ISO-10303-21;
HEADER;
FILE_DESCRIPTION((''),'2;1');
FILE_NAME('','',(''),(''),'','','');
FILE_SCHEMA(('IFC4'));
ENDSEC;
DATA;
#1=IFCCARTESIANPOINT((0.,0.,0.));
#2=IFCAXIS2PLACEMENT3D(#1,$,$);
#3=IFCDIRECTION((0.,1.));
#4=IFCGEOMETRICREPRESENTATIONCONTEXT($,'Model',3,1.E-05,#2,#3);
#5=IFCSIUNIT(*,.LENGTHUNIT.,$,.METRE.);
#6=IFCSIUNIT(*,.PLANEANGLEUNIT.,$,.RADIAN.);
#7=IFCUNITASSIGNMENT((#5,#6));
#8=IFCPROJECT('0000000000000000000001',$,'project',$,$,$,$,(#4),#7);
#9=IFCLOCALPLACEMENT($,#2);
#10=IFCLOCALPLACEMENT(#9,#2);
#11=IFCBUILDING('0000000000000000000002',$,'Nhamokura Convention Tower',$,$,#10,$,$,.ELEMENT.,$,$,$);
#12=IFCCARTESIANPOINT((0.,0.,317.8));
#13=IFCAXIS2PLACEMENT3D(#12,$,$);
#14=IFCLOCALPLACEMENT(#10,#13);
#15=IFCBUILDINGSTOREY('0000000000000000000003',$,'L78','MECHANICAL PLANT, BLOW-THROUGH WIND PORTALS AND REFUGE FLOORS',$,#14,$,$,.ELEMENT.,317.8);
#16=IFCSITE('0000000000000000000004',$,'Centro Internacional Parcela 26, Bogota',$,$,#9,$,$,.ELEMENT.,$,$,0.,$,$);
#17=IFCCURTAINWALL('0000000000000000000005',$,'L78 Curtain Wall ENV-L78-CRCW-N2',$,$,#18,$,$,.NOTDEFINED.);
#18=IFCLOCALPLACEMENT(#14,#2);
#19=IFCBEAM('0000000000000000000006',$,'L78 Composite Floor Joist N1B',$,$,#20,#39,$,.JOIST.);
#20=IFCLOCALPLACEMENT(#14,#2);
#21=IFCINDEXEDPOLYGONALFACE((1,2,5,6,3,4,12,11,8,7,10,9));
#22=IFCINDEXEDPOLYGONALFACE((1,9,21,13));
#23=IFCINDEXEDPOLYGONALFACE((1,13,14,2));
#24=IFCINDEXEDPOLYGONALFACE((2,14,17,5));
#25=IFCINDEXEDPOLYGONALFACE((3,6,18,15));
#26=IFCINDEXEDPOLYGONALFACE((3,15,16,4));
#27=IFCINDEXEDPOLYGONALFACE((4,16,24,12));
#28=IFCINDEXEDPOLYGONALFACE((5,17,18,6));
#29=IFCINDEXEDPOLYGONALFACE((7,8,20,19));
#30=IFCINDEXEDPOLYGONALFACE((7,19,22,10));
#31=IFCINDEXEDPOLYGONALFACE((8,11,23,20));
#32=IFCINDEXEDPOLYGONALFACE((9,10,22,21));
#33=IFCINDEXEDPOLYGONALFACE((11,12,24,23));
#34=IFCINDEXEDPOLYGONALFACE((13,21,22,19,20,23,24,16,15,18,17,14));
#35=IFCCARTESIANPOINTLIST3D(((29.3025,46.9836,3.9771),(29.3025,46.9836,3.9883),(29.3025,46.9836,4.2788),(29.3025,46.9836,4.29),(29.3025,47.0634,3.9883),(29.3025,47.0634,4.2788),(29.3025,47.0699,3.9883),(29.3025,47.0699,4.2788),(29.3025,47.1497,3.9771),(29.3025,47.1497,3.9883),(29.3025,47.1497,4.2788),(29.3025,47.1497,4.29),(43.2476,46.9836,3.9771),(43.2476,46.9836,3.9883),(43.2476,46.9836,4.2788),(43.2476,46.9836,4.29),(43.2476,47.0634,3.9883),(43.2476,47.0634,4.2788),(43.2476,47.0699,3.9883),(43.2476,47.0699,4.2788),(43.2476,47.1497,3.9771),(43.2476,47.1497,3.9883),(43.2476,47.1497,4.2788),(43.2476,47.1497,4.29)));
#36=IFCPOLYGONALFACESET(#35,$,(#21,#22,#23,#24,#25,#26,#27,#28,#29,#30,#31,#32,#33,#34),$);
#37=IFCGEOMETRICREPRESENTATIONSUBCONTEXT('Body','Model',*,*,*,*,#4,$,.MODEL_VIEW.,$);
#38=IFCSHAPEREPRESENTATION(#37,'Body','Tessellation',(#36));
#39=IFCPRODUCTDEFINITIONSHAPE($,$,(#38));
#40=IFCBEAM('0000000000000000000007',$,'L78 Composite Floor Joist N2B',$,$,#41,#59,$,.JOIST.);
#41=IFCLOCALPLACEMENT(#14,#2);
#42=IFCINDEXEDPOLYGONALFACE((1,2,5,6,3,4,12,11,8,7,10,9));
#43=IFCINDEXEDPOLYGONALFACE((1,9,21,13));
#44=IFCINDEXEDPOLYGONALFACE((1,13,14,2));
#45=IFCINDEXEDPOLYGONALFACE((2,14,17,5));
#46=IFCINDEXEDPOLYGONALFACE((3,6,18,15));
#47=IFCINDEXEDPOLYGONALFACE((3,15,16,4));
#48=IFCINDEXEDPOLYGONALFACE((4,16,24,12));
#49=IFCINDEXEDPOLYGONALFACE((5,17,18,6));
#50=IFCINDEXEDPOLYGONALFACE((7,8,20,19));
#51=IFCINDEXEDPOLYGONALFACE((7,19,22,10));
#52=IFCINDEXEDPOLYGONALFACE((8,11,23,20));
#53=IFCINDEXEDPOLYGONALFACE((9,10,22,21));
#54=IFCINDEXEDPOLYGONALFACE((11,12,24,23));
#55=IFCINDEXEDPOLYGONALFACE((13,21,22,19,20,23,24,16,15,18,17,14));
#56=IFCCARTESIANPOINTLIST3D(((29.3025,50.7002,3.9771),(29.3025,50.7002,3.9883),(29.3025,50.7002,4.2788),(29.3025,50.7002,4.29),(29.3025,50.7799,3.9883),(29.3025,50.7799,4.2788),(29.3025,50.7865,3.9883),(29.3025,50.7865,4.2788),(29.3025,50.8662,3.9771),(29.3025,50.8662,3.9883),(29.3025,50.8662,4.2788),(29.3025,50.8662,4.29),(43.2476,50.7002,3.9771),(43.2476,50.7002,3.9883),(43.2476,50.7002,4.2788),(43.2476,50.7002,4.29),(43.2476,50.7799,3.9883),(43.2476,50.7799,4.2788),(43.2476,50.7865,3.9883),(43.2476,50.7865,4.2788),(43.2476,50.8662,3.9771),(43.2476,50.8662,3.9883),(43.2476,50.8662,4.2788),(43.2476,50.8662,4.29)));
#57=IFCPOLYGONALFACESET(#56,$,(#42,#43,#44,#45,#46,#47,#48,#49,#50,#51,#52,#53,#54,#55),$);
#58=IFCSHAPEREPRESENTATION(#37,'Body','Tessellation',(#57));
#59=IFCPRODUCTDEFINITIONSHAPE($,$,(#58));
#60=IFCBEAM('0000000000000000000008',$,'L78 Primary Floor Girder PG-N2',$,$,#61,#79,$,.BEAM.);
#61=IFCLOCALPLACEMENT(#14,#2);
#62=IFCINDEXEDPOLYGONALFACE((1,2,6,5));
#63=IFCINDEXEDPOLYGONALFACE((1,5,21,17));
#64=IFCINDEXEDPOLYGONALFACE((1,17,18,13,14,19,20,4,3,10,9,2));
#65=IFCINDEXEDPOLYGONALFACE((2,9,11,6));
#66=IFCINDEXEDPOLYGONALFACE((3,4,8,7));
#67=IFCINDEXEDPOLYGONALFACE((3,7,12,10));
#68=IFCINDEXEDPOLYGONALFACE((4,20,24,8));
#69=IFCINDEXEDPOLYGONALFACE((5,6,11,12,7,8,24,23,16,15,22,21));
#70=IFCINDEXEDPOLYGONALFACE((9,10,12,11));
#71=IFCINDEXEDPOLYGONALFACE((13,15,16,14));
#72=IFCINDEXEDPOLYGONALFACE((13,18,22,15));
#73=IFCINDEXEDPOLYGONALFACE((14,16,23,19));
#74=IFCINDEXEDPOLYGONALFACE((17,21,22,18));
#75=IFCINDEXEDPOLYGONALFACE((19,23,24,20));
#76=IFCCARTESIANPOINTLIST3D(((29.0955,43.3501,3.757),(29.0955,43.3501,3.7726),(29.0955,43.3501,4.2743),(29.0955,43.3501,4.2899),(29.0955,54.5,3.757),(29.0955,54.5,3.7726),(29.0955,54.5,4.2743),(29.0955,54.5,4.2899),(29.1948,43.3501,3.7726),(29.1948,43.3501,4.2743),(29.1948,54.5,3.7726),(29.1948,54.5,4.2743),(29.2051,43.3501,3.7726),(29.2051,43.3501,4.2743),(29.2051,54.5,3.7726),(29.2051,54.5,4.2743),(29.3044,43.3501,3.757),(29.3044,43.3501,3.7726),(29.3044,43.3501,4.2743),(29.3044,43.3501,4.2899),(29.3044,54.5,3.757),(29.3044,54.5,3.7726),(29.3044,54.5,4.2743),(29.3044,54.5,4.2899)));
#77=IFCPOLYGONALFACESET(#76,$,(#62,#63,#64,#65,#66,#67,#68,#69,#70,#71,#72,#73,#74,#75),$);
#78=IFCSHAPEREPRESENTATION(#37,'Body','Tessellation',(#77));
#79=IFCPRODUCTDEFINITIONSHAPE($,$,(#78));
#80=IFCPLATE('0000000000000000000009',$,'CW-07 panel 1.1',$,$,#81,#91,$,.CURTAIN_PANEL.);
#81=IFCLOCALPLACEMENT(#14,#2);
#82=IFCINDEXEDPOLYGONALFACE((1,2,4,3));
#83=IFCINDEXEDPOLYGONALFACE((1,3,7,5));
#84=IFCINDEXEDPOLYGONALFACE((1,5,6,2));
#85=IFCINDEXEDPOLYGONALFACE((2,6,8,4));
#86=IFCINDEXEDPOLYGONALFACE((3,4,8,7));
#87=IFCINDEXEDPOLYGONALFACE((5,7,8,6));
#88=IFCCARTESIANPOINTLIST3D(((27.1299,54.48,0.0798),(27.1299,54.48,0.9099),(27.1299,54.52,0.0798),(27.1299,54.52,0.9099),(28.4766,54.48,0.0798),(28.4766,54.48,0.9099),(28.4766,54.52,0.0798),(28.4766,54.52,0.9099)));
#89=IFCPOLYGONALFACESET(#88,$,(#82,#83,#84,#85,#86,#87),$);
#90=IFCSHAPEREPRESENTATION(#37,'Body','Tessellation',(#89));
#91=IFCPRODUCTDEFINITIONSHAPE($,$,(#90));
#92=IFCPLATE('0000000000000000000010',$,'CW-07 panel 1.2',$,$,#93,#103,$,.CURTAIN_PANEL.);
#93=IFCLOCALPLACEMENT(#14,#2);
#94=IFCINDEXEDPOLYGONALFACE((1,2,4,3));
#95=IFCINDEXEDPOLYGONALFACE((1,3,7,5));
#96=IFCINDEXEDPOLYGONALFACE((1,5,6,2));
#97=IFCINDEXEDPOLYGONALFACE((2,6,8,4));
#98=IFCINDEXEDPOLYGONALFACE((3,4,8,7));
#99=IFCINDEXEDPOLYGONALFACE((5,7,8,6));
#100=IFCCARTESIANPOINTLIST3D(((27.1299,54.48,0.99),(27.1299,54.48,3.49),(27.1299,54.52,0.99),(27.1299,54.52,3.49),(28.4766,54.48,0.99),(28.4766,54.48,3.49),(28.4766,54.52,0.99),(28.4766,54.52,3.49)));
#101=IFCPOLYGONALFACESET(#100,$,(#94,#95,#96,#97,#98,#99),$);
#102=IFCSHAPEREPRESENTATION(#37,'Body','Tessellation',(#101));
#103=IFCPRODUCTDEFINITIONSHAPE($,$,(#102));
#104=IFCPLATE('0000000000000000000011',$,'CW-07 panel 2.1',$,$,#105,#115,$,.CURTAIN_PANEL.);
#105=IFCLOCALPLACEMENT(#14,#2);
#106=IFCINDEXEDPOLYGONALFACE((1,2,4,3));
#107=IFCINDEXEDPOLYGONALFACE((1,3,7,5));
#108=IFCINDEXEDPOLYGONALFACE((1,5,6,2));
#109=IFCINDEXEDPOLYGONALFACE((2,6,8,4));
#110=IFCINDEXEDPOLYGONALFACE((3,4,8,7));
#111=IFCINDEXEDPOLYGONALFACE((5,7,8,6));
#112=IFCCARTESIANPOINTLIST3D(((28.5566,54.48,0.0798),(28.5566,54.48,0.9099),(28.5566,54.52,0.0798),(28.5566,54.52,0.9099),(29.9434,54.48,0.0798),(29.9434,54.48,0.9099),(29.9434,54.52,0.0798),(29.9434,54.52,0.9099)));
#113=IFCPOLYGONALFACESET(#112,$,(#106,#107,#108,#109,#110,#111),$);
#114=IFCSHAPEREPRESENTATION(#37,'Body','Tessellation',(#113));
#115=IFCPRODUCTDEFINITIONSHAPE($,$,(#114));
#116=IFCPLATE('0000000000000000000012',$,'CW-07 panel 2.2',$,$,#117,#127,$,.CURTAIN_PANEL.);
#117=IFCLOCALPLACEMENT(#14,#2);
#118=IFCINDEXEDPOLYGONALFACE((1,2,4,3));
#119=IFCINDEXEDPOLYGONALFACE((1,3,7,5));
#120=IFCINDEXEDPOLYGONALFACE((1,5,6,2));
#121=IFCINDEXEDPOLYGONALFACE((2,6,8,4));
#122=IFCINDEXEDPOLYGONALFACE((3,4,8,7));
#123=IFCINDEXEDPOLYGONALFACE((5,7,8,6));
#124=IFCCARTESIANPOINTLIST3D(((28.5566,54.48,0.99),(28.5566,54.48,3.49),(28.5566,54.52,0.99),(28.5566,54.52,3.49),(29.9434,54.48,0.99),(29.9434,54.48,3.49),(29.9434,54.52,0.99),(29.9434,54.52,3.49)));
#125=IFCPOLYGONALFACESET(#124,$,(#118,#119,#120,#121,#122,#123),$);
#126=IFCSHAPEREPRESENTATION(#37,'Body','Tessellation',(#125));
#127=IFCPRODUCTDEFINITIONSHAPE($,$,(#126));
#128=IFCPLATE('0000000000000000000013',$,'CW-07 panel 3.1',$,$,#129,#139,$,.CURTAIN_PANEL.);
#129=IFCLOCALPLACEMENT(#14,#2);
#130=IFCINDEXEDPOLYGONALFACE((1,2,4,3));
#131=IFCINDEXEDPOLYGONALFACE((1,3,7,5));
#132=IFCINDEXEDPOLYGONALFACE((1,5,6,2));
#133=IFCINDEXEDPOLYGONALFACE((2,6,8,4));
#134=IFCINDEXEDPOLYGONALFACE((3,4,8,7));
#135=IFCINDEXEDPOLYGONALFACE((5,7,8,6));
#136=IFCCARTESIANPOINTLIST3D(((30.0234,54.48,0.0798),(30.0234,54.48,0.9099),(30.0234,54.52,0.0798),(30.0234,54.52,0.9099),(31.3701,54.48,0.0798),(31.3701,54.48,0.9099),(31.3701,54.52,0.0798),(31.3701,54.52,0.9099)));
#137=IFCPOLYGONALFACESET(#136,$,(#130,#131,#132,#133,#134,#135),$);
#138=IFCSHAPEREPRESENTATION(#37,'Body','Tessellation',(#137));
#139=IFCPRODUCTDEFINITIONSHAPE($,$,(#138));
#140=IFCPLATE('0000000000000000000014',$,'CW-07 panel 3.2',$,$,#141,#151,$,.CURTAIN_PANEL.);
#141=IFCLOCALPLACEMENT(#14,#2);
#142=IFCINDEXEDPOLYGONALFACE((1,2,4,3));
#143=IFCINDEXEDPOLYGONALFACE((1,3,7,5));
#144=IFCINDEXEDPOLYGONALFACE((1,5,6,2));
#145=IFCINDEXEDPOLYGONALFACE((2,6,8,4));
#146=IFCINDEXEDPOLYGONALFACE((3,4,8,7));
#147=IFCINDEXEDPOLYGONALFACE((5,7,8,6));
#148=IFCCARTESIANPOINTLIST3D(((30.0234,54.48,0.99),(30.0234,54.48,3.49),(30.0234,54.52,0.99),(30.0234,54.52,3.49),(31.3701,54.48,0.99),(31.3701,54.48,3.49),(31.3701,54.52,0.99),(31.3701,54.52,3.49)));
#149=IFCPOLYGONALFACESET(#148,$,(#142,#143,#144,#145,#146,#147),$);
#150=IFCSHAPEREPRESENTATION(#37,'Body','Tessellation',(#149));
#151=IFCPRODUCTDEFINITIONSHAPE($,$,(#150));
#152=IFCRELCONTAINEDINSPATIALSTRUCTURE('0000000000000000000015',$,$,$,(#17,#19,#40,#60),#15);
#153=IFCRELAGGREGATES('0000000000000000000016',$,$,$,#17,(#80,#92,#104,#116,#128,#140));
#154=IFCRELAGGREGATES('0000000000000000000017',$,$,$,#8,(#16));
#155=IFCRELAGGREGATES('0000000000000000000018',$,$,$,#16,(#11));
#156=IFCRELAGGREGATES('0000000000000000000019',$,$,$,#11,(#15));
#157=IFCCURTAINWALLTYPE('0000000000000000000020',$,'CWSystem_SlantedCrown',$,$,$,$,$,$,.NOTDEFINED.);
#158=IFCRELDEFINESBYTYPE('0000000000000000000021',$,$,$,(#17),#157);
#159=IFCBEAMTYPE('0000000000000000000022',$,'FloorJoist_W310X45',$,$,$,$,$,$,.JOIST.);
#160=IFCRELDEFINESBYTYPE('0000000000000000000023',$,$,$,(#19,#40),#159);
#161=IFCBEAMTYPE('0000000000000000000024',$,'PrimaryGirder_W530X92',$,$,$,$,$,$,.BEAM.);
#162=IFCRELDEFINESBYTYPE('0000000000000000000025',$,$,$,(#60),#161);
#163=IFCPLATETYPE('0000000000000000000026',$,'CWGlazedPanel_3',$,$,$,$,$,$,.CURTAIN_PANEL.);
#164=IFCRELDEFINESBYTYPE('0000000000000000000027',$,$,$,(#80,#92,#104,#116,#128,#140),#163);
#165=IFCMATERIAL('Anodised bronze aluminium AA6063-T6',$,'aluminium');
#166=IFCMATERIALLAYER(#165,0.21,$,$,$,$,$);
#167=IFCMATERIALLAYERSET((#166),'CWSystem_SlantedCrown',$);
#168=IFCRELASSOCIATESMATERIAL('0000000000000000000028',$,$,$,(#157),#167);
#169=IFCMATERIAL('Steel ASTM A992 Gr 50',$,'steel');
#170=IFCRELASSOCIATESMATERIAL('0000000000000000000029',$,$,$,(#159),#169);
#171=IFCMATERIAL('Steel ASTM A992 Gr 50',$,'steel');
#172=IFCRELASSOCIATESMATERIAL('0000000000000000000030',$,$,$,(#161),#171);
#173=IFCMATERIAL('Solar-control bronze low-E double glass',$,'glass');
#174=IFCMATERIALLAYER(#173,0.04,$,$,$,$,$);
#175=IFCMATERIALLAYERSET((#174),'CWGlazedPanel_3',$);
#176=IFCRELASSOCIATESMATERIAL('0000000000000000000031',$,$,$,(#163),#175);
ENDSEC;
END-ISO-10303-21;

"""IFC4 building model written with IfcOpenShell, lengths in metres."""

from ifc_helpers import new_model, si_unit, direction, frame, origin, origin_2d, place, context, subcontext, project, spatial, rectangle, i_section, extrude, material, layer, layer_set, material_profile, profile_set, type_object, element, aggregate, save


model = new_model("IFC4")

# Units and contexts
model_context = context("Model", 3, precision=1e-05, world=origin(), true_north=direction((0.0, 1.0)))
body_context = subcontext(model_context, "Body", "Model", "MODEL_VIEW")
ifc_project = project(units=[si_unit("LENGTHUNIT", "METRE"), si_unit("PLANEANGLEUNIT", "RADIAN")], contexts=[model_context])

# Site, building, storey
site_placement = place(None, origin())
site = spatial("IfcSite", under=ifc_project, at=site_placement, Name="Centro Internacional Parcela 26, Bogota", CompositionType="ELEMENT", RefElevation=0.0)
building_placement = place(site_placement, origin())
building = spatial("IfcBuilding", under=site, at=building_placement, Name="Nhamokura Convention Tower", CompositionType="ELEMENT")
storey_placement = place(building_placement, frame((0.0, 0.0, 317.8)))
storey = spatial("IfcBuildingStorey", under=building, at=storey_placement, Name="L78", Description="MECHANICAL PLANT, BLOW-THROUGH WIND PORTALS AND REFUGE FLOORS", CompositionType="ELEMENT", Elevation=317.8)

# Curtain wall
ifc_material_1 = material(Name="Anodised bronze aluminium AA6063-T6", Category="aluminium")
ifc_layer_1 = layer(ifc_material_1, 0.21)
ifc_layer_set_1 = layer_set([ifc_layer_1], Name="CWSystem_SlantedCrown")
curtain_wall_type = type_object("IfcCurtainWallType", Name="CWSystem_SlantedCrown", PredefinedType="NOTDEFINED", material=ifc_layer_set_1)
curtain_wall_placement = place(storey_placement, origin())
curtain_wall = element("IfcCurtainWall", 1, at=curtain_wall_placement, inside=storey, type_object=curtain_wall_type, Name="L78 Curtain Wall ENV-L78-CRCW-N2", PredefinedType="NOTDEFINED")

# Beams
ifc_material_2 = material(Name="Steel ASTM A992 Gr 50", Category="steel")
ifc_material_profile_1 = material_profile(ifc_material_2, i_section(OverallWidth=0.166, OverallDepth=0.313, WebThickness=0.0066, FlangeThickness=0.0112, at=origin_2d()))
ifc_profile_set_1 = profile_set([ifc_material_profile_1], Name="Steel ASTM A992 Gr 50")
beam_type_1 = type_object("IfcBeamType", Name="FloorJoist_W310X45", PredefinedType="JOIST", material=ifc_profile_set_1)
for number, where, z_axis, x_axis, name in (
    (2, (29.3025, 47.0667, 4.1335), (1.0, 0.0, 0.0), (0.0, 1.0, 0.0), "L78 Composite Floor Joist N1B"),
    (3, (29.3025, 50.7832, 4.1335), (1.0, 0.0, 0.0), (0.0, 1.0, 0.0), "L78 Composite Floor Joist N2B"),
):
    element("IfcBeam", number, at=place(storey_placement, frame(where, z_axis=z_axis, x_axis=x_axis)), inside=storey, type_object=beam_type_1, Name=name, PredefinedType="JOIST", context=body_context, shape_type="SweptSolid", body=[
        extrude(i_section(OverallWidth=0.166, OverallDepth=0.313, WebThickness=0.0066, FlangeThickness=0.0112, at=origin_2d()), origin(), (0.0, 0.0, 1.0), 13.9451),
    ])
ifc_material_3 = material(Name="Steel ASTM A992 Gr 50", Category="steel")
ifc_material_profile_2 = material_profile(ifc_material_3, i_section(OverallWidth=0.209, OverallDepth=0.533, WebThickness=0.0103, FlangeThickness=0.0156, at=origin_2d()))
ifc_profile_set_2 = profile_set([ifc_material_profile_2], Name="Steel ASTM A992 Gr 50")
beam_type_2 = type_object("IfcBeamType", Name="PrimaryGirder_W530X92", PredefinedType="BEAM", material=ifc_profile_set_2)
beam_placement = place(storey_placement, frame((29.2, 43.3501, 4.0234), z_axis=(0.0, 1.0, 0.0), x_axis=(-1.0, 0.0, 0.0)))
element("IfcBeam", 4, at=beam_placement, inside=storey, type_object=beam_type_2, Name="L78 Primary Floor Girder PG-N2", PredefinedType="BEAM", context=body_context, shape_type="SweptSolid", body=[
    extrude(i_section(OverallWidth=0.209, OverallDepth=0.533, WebThickness=0.0103, FlangeThickness=0.0156, at=origin_2d()), origin(), (0.0, 0.0, 1.0), 11.1499),
])

# Plates
ifc_material_4 = material(Name="Solar-control bronze low-E double glass", Category="glass")
ifc_layer_2 = layer(ifc_material_4, 0.04)
ifc_layer_set_2 = layer_set([ifc_layer_2], Name="CWGlazedPanel_3")
plate_type = type_object("IfcPlateType", Name="CWGlazedPanel_3", PredefinedType="CURTAIN_PANEL", material=ifc_layer_set_2)
plate_1_placement = place(storey_placement, frame((27.8032, 54.5, 0.0798), z_axis=(0.0, 0.0, 1.0), x_axis=(1.0, 0.0, 0.0)))
plate_1 = element("IfcPlate", 5, at=plate_1_placement, type_object=plate_type, Name="CW-07 panel 1.1", PredefinedType="CURTAIN_PANEL", context=body_context, shape_type="SweptSolid", body=[
    extrude(rectangle(XDim=1.3467, YDim=0.04, at=origin_2d()), origin(), (0.0, 0.0, 1.0), 0.8301),
])
plate_2_placement = place(storey_placement, frame((27.8032, 54.5, 0.99), z_axis=(0.0, 0.0, 1.0), x_axis=(1.0, 0.0, 0.0)))
plate_2 = element("IfcPlate", 6, at=plate_2_placement, type_object=plate_type, Name="CW-07 panel 1.2", PredefinedType="CURTAIN_PANEL", context=body_context, shape_type="SweptSolid", body=[
    extrude(rectangle(XDim=1.3467, YDim=0.04, at=origin_2d()), origin(), (0.0, 0.0, 1.0), 2.5),
])
plate_3_placement = place(storey_placement, frame((29.25, 54.5, 0.0798), z_axis=(0.0, 0.0, 1.0), x_axis=(1.0, 0.0, 0.0)))
plate_3 = element("IfcPlate", 7, at=plate_3_placement, type_object=plate_type, Name="CW-07 panel 2.1", PredefinedType="CURTAIN_PANEL", context=body_context, shape_type="SweptSolid", body=[
    extrude(rectangle(XDim=1.3867, YDim=0.04, at=origin_2d()), origin(), (0.0, 0.0, 1.0), 0.8301),
])
plate_4_placement = place(storey_placement, frame((29.25, 54.5, 0.99), z_axis=(0.0, 0.0, 1.0), x_axis=(1.0, 0.0, 0.0)))
plate_4 = element("IfcPlate", 8, at=plate_4_placement, type_object=plate_type, Name="CW-07 panel 2.2", PredefinedType="CURTAIN_PANEL", context=body_context, shape_type="SweptSolid", body=[
    extrude(rectangle(XDim=1.3867, YDim=0.04, at=origin_2d()), origin(), (0.0, 0.0, 1.0), 2.5),
])
plate_5_placement = place(storey_placement, frame((30.6968, 54.5, 0.0798), z_axis=(0.0, 0.0, 1.0), x_axis=(1.0, 0.0, 0.0)))
plate_5 = element("IfcPlate", 9, at=plate_5_placement, type_object=plate_type, Name="CW-07 panel 3.1", PredefinedType="CURTAIN_PANEL", context=body_context, shape_type="SweptSolid", body=[
    extrude(rectangle(XDim=1.3467, YDim=0.04, at=origin_2d()), origin(), (0.0, 0.0, 1.0), 0.8301),
])
plate_6_placement = place(storey_placement, frame((30.6968, 54.5, 0.99), z_axis=(0.0, 0.0, 1.0), x_axis=(1.0, 0.0, 0.0)))
plate_6 = element("IfcPlate", 10, at=plate_6_placement, type_object=plate_type, Name="CW-07 panel 3.2", PredefinedType="CURTAIN_PANEL", context=body_context, shape_type="SweptSolid", body=[
    extrude(rectangle(XDim=1.3467, YDim=0.04, at=origin_2d()), origin(), (0.0, 0.0, 1.0), 2.5),
])
aggregate(curtain_wall, [plate_1, plate_2, plate_3, plate_4, plate_5, plate_6])

save(model, "model.ifc")
